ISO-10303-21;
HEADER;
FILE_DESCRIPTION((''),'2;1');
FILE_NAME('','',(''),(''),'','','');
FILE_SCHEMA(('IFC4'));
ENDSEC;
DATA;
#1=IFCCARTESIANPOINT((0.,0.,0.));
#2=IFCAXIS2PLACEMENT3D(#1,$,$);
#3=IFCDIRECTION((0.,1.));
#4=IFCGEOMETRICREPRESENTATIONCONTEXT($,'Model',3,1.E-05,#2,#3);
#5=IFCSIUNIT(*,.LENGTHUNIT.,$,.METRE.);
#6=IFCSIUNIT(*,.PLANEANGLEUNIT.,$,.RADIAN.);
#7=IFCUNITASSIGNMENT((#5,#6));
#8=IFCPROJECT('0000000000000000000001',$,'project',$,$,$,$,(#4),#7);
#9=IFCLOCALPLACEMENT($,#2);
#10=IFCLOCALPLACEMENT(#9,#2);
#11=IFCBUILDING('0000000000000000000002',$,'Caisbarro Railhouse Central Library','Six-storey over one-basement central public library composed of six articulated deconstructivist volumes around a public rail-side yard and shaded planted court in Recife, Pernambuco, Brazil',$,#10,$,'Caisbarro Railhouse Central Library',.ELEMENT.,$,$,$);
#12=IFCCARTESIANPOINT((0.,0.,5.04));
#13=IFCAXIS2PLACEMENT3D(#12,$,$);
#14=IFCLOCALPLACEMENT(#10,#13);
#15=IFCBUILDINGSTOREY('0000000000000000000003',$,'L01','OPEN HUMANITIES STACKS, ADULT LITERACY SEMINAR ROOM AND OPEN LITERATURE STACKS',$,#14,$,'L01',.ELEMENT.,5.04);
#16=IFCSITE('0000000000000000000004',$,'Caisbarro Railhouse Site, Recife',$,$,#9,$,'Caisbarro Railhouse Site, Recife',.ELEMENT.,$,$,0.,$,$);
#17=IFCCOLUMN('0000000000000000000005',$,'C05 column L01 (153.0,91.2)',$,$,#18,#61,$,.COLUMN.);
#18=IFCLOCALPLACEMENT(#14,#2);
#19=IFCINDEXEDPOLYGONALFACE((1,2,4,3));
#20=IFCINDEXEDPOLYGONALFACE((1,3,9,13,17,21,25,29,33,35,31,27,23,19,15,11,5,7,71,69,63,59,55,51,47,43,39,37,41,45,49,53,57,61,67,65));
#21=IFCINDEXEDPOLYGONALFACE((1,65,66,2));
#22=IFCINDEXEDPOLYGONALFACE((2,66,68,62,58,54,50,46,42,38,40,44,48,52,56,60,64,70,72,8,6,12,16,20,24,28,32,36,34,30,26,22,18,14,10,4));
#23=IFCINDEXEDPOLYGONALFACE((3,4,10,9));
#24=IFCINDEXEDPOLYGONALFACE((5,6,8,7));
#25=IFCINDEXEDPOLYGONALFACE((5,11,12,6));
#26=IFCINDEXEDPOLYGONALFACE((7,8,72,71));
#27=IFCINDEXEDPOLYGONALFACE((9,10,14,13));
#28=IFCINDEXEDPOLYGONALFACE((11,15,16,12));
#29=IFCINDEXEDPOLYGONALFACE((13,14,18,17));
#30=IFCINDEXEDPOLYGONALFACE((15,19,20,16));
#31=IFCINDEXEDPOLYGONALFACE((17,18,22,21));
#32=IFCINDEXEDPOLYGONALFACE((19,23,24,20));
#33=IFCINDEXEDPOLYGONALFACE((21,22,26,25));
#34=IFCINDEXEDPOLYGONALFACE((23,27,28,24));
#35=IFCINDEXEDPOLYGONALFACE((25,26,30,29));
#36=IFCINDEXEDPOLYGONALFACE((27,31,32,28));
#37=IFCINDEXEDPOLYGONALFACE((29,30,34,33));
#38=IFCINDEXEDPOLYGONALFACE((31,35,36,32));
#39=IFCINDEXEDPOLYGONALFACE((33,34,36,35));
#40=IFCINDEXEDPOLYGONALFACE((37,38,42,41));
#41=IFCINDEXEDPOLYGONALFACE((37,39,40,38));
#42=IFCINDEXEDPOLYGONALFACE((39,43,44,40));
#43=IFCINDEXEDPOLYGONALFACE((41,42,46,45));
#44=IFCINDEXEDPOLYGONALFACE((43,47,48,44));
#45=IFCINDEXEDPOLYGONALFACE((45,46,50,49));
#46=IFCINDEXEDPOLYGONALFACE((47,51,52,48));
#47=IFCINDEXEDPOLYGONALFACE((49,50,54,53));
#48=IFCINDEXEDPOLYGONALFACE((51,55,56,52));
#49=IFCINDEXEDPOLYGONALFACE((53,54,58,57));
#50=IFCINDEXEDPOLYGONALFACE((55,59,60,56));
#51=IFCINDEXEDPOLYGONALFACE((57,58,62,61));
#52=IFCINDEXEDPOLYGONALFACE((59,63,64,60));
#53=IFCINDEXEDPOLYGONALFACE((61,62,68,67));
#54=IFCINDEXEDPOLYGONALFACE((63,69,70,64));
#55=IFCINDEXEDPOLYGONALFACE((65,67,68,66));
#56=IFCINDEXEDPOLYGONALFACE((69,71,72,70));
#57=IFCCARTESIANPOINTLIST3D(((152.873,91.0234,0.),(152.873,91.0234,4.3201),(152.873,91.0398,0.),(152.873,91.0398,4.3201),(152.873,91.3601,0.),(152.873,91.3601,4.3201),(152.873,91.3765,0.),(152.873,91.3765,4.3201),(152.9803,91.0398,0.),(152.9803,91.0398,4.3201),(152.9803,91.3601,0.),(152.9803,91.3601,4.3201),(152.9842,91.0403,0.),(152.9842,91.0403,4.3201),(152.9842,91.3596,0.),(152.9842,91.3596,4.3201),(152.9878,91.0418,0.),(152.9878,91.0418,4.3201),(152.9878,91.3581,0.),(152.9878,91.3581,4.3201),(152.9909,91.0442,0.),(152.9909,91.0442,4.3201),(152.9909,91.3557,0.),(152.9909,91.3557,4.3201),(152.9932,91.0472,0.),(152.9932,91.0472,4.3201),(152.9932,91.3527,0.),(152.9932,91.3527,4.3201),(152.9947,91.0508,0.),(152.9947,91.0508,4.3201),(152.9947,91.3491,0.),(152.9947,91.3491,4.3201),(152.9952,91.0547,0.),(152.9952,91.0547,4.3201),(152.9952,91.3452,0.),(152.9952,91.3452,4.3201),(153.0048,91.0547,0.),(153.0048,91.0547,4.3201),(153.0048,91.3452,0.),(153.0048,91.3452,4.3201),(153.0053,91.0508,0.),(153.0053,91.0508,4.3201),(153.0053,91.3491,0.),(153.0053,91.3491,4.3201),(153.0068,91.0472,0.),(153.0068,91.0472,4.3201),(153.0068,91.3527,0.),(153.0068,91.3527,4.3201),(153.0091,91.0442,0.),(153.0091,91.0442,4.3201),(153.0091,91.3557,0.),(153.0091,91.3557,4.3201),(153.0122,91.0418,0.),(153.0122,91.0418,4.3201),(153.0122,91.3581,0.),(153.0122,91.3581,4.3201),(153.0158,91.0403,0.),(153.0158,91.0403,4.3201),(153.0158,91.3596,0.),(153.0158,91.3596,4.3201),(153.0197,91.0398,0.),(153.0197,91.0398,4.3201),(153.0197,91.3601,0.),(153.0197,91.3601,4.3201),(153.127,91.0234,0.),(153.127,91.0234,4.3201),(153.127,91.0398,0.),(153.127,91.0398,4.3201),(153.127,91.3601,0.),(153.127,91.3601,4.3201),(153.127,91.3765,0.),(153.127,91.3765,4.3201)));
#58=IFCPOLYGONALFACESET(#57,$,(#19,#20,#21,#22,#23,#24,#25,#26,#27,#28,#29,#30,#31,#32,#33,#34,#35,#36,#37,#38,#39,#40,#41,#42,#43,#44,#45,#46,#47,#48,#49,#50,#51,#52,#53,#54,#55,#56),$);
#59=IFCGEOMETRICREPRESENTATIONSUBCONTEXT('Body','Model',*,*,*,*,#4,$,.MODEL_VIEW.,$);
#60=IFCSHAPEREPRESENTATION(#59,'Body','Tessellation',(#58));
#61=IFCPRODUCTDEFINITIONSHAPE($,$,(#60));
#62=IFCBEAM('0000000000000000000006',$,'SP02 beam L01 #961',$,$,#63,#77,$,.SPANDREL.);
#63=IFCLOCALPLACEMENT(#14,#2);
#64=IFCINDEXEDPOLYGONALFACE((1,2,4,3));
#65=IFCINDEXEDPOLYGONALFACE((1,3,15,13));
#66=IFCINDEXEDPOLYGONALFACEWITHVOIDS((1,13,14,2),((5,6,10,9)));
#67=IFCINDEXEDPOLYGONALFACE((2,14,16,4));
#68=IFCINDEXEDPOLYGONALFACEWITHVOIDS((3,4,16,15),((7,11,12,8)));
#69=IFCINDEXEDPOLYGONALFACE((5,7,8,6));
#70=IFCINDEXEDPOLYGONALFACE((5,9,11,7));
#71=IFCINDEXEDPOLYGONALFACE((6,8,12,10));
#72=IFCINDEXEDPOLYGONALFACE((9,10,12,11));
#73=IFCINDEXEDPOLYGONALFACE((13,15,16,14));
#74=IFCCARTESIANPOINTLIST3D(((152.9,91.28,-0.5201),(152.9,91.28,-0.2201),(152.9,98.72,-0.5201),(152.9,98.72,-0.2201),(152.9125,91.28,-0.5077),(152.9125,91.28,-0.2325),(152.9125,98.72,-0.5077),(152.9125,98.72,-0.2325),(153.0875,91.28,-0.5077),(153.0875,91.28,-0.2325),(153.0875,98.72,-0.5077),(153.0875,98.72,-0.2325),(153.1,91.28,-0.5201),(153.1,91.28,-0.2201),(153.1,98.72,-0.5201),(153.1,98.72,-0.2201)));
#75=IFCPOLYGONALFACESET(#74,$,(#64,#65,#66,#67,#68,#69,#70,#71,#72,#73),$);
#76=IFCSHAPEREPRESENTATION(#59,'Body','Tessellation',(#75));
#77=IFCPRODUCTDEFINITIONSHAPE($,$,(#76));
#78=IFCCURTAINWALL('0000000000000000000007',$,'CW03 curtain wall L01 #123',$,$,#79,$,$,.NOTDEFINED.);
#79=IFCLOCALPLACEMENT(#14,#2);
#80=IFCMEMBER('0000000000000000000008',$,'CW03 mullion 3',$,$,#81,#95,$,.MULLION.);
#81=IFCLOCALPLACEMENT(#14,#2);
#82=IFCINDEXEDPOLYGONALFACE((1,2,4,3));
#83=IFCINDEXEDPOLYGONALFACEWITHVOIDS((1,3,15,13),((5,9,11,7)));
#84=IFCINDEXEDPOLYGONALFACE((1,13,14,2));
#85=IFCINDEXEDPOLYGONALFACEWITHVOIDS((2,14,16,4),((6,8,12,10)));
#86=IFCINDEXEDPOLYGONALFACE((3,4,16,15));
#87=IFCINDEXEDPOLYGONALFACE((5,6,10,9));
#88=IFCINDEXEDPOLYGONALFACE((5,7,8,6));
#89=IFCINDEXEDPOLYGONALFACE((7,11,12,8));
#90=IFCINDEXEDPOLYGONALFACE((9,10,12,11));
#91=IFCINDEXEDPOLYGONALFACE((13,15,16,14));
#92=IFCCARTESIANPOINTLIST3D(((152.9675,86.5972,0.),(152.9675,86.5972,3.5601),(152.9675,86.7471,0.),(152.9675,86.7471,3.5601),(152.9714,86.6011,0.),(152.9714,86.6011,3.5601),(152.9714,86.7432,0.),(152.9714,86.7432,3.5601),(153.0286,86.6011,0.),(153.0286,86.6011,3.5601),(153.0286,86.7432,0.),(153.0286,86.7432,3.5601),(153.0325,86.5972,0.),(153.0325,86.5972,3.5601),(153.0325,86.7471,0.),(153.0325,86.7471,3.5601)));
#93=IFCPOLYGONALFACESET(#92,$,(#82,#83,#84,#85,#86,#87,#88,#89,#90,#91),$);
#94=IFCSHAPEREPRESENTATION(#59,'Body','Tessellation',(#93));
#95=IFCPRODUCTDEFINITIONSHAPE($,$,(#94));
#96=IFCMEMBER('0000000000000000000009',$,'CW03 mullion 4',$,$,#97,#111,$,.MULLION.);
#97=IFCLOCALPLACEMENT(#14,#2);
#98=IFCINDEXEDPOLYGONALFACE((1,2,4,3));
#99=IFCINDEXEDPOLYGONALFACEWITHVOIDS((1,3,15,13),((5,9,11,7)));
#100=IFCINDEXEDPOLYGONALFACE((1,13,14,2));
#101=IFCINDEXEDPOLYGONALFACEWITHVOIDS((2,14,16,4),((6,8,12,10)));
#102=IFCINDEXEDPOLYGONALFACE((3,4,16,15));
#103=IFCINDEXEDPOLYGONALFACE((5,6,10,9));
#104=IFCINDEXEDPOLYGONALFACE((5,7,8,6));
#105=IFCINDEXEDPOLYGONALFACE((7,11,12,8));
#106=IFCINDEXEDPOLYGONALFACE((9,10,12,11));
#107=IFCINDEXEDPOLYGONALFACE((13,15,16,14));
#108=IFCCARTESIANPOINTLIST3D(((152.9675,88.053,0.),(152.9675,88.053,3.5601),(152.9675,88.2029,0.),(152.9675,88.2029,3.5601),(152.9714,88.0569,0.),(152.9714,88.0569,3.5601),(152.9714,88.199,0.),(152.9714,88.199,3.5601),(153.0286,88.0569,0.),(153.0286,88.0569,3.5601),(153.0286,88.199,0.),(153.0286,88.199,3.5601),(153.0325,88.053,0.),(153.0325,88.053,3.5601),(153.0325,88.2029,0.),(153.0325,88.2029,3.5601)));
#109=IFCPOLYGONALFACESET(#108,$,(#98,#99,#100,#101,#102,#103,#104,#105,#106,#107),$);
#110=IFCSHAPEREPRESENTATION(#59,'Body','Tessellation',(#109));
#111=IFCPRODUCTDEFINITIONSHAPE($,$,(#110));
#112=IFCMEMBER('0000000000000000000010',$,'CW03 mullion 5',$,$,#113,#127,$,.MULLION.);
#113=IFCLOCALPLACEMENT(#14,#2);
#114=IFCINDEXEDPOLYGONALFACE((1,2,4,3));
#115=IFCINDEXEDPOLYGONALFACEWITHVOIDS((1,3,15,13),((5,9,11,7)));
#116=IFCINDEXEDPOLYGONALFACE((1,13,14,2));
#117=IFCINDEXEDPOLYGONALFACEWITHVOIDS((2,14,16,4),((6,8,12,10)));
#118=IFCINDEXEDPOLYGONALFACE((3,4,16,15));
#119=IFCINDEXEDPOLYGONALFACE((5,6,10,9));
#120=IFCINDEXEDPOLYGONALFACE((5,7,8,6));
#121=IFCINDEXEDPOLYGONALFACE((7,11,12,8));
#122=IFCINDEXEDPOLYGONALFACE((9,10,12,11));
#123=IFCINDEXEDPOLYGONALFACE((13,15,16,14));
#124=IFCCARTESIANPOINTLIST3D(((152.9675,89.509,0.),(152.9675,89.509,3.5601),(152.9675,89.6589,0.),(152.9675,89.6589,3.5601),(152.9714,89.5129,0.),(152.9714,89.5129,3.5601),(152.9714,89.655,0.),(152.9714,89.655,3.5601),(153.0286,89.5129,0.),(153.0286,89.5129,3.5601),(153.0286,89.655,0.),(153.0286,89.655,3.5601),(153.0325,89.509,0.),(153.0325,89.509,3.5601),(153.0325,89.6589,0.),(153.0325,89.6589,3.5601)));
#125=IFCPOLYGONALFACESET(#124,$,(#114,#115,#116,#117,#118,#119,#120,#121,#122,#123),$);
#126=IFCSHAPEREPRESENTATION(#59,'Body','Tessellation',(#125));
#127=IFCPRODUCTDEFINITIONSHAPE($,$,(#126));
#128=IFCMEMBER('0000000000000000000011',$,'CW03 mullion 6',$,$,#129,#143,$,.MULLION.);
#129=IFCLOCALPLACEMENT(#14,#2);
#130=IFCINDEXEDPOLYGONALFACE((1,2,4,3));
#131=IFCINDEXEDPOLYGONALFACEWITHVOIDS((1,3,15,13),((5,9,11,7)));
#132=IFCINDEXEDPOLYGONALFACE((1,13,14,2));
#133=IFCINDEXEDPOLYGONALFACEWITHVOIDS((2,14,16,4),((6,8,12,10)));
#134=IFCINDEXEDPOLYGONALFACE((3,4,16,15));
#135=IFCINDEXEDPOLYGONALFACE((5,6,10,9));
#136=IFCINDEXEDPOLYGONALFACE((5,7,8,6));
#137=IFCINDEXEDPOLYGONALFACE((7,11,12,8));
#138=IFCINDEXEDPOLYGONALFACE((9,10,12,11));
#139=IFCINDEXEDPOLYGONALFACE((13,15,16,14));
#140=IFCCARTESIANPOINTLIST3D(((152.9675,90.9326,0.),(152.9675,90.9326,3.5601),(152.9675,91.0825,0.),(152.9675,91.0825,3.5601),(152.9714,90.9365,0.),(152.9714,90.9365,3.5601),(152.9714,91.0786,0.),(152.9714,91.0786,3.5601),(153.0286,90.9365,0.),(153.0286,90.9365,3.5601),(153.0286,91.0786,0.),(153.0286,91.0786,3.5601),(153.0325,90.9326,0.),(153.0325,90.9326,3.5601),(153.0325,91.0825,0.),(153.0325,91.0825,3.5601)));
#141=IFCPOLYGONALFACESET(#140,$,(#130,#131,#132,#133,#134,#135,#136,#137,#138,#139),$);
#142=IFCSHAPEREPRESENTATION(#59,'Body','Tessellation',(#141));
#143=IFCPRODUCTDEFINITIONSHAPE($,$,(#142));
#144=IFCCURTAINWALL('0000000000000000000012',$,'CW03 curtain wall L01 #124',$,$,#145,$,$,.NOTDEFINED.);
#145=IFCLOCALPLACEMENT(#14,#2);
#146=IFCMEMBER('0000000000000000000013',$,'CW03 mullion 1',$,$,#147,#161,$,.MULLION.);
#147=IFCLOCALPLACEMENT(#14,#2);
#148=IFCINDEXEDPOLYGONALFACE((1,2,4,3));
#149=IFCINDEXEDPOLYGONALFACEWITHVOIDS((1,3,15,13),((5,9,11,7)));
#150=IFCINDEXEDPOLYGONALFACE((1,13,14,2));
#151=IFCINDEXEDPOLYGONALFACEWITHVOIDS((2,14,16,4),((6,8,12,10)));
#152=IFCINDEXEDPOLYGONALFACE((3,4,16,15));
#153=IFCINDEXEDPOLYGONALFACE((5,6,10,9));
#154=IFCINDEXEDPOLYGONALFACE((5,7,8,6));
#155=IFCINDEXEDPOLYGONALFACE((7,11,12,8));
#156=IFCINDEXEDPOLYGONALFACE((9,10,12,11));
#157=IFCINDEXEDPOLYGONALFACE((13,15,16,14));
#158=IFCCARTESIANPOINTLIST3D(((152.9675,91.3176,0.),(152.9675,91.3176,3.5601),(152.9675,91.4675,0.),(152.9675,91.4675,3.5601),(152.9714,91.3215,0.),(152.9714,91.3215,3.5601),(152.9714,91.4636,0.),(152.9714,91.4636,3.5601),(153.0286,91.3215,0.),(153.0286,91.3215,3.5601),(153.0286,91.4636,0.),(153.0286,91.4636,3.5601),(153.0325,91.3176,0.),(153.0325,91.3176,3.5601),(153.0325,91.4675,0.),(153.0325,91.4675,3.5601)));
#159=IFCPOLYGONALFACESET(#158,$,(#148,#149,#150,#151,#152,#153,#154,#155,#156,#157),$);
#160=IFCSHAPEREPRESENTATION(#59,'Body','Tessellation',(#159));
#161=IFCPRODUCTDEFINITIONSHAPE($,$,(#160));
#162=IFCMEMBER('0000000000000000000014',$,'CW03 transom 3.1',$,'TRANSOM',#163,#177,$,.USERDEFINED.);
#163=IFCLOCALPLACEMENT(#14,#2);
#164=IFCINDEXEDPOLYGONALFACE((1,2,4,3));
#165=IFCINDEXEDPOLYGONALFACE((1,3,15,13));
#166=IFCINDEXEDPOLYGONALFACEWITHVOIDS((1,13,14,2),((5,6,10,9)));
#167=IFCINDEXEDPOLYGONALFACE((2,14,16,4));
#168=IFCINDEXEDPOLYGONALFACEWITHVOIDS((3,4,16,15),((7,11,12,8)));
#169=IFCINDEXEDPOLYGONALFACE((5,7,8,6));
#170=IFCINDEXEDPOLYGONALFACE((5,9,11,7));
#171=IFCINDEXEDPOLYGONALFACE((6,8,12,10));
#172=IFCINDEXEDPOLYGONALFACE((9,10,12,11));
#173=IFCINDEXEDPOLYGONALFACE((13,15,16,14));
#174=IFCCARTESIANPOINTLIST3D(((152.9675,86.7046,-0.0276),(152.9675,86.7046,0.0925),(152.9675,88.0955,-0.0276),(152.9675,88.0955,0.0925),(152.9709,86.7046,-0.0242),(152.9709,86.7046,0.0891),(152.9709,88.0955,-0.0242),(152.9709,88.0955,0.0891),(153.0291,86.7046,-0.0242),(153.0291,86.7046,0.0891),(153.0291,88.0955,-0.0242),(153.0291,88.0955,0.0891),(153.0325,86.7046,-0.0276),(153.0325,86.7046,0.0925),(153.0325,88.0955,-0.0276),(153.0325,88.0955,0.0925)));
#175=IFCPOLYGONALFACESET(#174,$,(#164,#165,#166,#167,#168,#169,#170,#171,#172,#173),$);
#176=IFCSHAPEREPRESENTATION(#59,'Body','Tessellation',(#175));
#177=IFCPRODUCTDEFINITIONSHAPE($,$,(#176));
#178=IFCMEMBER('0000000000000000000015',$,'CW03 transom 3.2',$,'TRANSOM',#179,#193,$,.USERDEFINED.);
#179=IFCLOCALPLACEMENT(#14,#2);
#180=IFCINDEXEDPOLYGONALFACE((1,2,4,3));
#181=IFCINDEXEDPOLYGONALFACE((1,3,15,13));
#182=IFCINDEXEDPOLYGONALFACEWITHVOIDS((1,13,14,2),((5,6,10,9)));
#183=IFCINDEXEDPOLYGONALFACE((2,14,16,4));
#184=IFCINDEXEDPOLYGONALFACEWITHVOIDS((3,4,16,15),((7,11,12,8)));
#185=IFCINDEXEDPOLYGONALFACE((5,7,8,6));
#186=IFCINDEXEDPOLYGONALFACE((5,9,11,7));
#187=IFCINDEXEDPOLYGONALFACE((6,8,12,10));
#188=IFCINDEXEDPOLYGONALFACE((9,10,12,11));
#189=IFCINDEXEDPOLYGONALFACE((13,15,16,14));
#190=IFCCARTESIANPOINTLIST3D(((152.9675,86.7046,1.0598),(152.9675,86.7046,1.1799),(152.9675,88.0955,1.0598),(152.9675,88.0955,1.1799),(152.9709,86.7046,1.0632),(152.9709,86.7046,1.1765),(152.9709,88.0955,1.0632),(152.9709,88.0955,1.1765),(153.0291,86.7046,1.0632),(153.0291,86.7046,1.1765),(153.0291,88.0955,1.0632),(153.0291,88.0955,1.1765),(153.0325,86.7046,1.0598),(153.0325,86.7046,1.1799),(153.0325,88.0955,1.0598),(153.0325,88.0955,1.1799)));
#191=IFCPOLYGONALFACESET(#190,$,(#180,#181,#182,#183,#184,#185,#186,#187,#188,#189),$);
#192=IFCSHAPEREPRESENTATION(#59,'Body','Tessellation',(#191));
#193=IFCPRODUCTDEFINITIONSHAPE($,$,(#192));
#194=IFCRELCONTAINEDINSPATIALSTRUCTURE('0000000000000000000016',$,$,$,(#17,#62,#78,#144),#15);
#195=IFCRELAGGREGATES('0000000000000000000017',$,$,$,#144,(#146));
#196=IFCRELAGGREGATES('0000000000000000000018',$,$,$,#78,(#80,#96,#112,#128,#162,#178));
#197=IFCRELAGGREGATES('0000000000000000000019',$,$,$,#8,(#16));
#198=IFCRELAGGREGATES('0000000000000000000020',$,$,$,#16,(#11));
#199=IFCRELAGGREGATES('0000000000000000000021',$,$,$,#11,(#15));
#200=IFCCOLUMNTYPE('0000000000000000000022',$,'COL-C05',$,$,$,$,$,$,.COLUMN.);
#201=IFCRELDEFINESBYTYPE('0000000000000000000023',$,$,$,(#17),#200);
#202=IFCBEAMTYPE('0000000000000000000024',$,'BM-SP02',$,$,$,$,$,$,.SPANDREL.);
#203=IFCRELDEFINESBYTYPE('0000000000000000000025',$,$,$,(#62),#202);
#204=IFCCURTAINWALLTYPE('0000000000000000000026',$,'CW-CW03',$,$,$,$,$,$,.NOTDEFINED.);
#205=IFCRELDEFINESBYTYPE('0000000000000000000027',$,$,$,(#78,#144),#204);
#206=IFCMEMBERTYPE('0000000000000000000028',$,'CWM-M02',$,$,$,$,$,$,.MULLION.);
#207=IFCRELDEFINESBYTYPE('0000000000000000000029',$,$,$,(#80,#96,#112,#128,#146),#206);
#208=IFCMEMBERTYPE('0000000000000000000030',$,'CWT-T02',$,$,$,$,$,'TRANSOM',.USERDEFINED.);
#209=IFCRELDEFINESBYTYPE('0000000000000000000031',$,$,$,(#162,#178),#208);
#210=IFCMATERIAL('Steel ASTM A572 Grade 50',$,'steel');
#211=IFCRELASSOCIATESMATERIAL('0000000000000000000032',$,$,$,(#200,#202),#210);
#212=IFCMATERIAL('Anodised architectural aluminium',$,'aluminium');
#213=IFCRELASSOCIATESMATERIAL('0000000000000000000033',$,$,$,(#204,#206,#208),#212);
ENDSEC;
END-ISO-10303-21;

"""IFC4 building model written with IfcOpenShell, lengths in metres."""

from ifc_helpers import new_model, si_unit, direction, frame, origin, origin_2d, place, context, subcontext, project, spatial, hollow_rectangle, i_section, extrude, material, material_profile, profile_set, type_object, element, aggregate, save


model = new_model("IFC4")

# Units and contexts
model_context = context("Model", 3, precision=1e-05, world=origin(), true_north=direction((0.0, 1.0)))
body_context = subcontext(model_context, "Body", "Model", "MODEL_VIEW")
ifc_project = project(units=[si_unit("LENGTHUNIT", "METRE"), si_unit("PLANEANGLEUNIT", "RADIAN")], contexts=[model_context])

# Site, building, storey
site_placement = place(None, origin())
site = spatial("IfcSite", under=ifc_project, at=site_placement, Name="Caisbarro Railhouse Site, Recife", LongName="Caisbarro Railhouse Site, Recife", CompositionType="ELEMENT", RefElevation=0.0)
building_placement = place(site_placement, origin())
building = spatial("IfcBuilding", under=site, at=building_placement, Name="Caisbarro Railhouse Central Library", Description="Six-storey over one-basement central public library composed of six articulated deconstructivist volumes around a public rail-side yard and shaded planted court in Recife, Pernambuco, Brazil", LongName="Caisbarro Railhouse Central Library", CompositionType="ELEMENT")
storey_placement = place(building_placement, frame((0.0, 0.0, 5.04)))
storey = spatial("IfcBuildingStorey", under=building, at=storey_placement, Name="L01", Description="OPEN HUMANITIES STACKS, ADULT LITERACY SEMINAR ROOM AND OPEN LITERATURE STACKS", LongName="L01", CompositionType="ELEMENT", Elevation=5.04)

# Column
ifc_material_1 = material(Name="Steel ASTM A572 Grade 50", Category="steel")
ifc_material_profile_1 = material_profile(ifc_material_1, i_section(OverallWidth=0.2539, OverallDepth=0.353, WebThickness=0.0095, FlangeThickness=0.0164, FilletRadius=0.0149, at=origin_2d()), Name="W360X91.0")
ifc_profile_set_1 = profile_set([ifc_material_profile_1], Name="Steel ASTM A572 Grade 50")
column_type = type_object("IfcColumnType", Name="COL-C05", PredefinedType="COLUMN", material=ifc_profile_set_1)
column_placement = place(storey_placement, frame((153.0, 91.2, 0.0), z_axis=(0.0, 0.0, 1.0), x_axis=(1.0, 0.0, 0.0)))
element("IfcColumn", 1, at=column_placement, inside=storey, type_object=column_type, Name="C05 column L01 (153.0,91.2)", PredefinedType="COLUMN", context=body_context, shape_type="SweptSolid", body=[
    extrude(i_section(OverallWidth=0.2539, OverallDepth=0.353, WebThickness=0.0095, FlangeThickness=0.0164, FilletRadius=0.0149, at=origin_2d()), origin(), (0.0, 0.0, 1.0), 4.3201),
])

# Beam
ifc_material_profile_2 = material_profile(ifc_material_1, hollow_rectangle(XDim=0.2, YDim=0.3, WallThickness=0.0125, at=origin_2d()), Name="HSS300X200X12.5")
ifc_profile_set_2 = profile_set([ifc_material_profile_2], Name="Steel ASTM A572 Grade 50")
beam_type = type_object("IfcBeamType", Name="BM-SP02", PredefinedType="SPANDREL", material=ifc_profile_set_2)
beam_placement = place(storey_placement, frame((153.0, 91.28, -0.3701), z_axis=(0.0, 1.0, 0.0), x_axis=(-1.0, 0.0, 0.0)))
element("IfcBeam", 2, at=beam_placement, inside=storey, type_object=beam_type, Name="SP02 beam L01 #961", PredefinedType="SPANDREL", context=body_context, shape_type="SweptSolid", body=[
    extrude(hollow_rectangle(XDim=0.2, YDim=0.3, WallThickness=0.0125, at=origin_2d()), origin(), (0.0, 0.0, 1.0), 7.4399),
])

# Curtain wall, members
ifc_material_2 = material(Name="Anodised architectural aluminium", Category="aluminium")
curtain_wall_type = type_object("IfcCurtainWallType", Name="CW-CW03", PredefinedType="NOTDEFINED", material=ifc_material_2)
curtain_wall_1_placement = place(storey_placement, origin())
curtain_wall_1 = element("IfcCurtainWall", 3, at=curtain_wall_1_placement, inside=storey, type_object=curtain_wall_type, Name="CW03 curtain wall L01 #123", PredefinedType="NOTDEFINED")
ifc_material_profile_3 = material_profile(ifc_material_2, hollow_rectangle(XDim=0.0649, YDim=0.1499, WallThickness=0.0039, at=origin_2d()), Name="ALU-MUL-65X150")
ifc_profile_set_3 = profile_set([ifc_material_profile_3], Name="Anodised architectural aluminium")
member_type_1 = type_object("IfcMemberType", Name="CWM-M02", PredefinedType="MULLION", material=ifc_profile_set_3)
member_1_placement = place(storey_placement, frame((153.0, 86.6721, 0.0), z_axis=(0.0, 0.0, 1.0), x_axis=(-1.0, 0.0, 0.0)))
member_1 = element("IfcMember", 4, at=member_1_placement, type_object=member_type_1, Name="CW03 mullion 3", PredefinedType="MULLION", context=body_context, shape_type="SweptSolid", body=[
    extrude(hollow_rectangle(XDim=0.0649, YDim=0.1499, WallThickness=0.0039, at=origin_2d()), origin(), (0.0, 0.0, 1.0), 3.5601),
])
member_2_placement = place(storey_placement, frame((153.0, 88.1279, 0.0), z_axis=(0.0, 0.0, 1.0), x_axis=(-1.0, 0.0, 0.0)))
member_2 = element("IfcMember", 5, at=member_2_placement, type_object=member_type_1, Name="CW03 mullion 4", PredefinedType="MULLION", context=body_context, shape_type="SweptSolid", body=[
    extrude(hollow_rectangle(XDim=0.0649, YDim=0.1499, WallThickness=0.0039, at=origin_2d()), origin(), (0.0, 0.0, 1.0), 3.5601),
])
member_3_placement = place(storey_placement, frame((153.0, 89.584, 0.0), z_axis=(0.0, 0.0, 1.0), x_axis=(-1.0, 0.0, 0.0)))
member_3 = element("IfcMember", 6, at=member_3_placement, type_object=member_type_1, Name="CW03 mullion 5", PredefinedType="MULLION", context=body_context, shape_type="SweptSolid", body=[
    extrude(hollow_rectangle(XDim=0.0649, YDim=0.1499, WallThickness=0.0039, at=origin_2d()), origin(), (0.0, 0.0, 1.0), 3.5601),
])
member_4_placement = place(storey_placement, frame((153.0, 91.0076, 0.0), z_axis=(0.0, 0.0, 1.0), x_axis=(-1.0, 0.0, 0.0)))
member_4 = element("IfcMember", 7, at=member_4_placement, type_object=member_type_1, Name="CW03 mullion 6", PredefinedType="MULLION", context=body_context, shape_type="SweptSolid", body=[
    extrude(hollow_rectangle(XDim=0.0649, YDim=0.1499, WallThickness=0.0039, at=origin_2d()), origin(), (0.0, 0.0, 1.0), 3.5601),
])

# Curtain wall, member
curtain_wall_2_placement = place(storey_placement, origin())
curtain_wall_2 = element("IfcCurtainWall", 8, at=curtain_wall_2_placement, inside=storey, type_object=curtain_wall_type, Name="CW03 curtain wall L01 #124", PredefinedType="NOTDEFINED")
member_5_placement = place(storey_placement, frame((153.0, 91.3926, 0.0), z_axis=(0.0, 0.0, 1.0), x_axis=(-1.0, 0.0, 0.0)))
member_5 = element("IfcMember", 9, at=member_5_placement, type_object=member_type_1, Name="CW03 mullion 1", PredefinedType="MULLION", context=body_context, shape_type="SweptSolid", body=[
    extrude(hollow_rectangle(XDim=0.0649, YDim=0.1499, WallThickness=0.0039, at=origin_2d()), origin(), (0.0, 0.0, 1.0), 3.5601),
])

# Members
ifc_material_profile_4 = material_profile(ifc_material_2, hollow_rectangle(XDim=0.0649, YDim=0.1201, WallThickness=0.0034, at=origin_2d()), Name="ALU-TRN-65X120")
ifc_profile_set_4 = profile_set([ifc_material_profile_4], Name="Anodised architectural aluminium")
member_type_2 = type_object("IfcMemberType", Name="CWT-T02", ElementType="TRANSOM", PredefinedType="USERDEFINED", material=ifc_profile_set_4)
member_6_placement = place(storey_placement, frame((153.0, 86.7046, 0.0325), z_axis=(0.0, 1.0, 0.0), x_axis=(-1.0, 0.0, 0.0)))
member_6 = element("IfcMember", 10, at=member_6_placement, type_object=member_type_2, Name="CW03 transom 3.1", ObjectType="TRANSOM", PredefinedType="USERDEFINED", context=body_context, shape_type="SweptSolid", body=[
    extrude(hollow_rectangle(XDim=0.0649, YDim=0.1201, WallThickness=0.0034, at=origin_2d()), origin(), (0.0, 0.0, 1.0), 1.3909),
])
member_7_placement = place(storey_placement, frame((153.0, 86.7046, 1.1199), z_axis=(0.0, 1.0, 0.0), x_axis=(-1.0, 0.0, 0.0)))
member_7 = element("IfcMember", 11, at=member_7_placement, type_object=member_type_2, Name="CW03 transom 3.2", ObjectType="TRANSOM", PredefinedType="USERDEFINED", context=body_context, shape_type="SweptSolid", body=[
    extrude(hollow_rectangle(XDim=0.0649, YDim=0.1201, WallThickness=0.0034, at=origin_2d()), origin(), (0.0, 0.0, 1.0), 1.3909),
])
aggregate(curtain_wall_2, [member_5])

aggregate(curtain_wall_1, [member_1, member_2, member_3, member_4, member_6, member_7])

save(model, "model.ifc")
